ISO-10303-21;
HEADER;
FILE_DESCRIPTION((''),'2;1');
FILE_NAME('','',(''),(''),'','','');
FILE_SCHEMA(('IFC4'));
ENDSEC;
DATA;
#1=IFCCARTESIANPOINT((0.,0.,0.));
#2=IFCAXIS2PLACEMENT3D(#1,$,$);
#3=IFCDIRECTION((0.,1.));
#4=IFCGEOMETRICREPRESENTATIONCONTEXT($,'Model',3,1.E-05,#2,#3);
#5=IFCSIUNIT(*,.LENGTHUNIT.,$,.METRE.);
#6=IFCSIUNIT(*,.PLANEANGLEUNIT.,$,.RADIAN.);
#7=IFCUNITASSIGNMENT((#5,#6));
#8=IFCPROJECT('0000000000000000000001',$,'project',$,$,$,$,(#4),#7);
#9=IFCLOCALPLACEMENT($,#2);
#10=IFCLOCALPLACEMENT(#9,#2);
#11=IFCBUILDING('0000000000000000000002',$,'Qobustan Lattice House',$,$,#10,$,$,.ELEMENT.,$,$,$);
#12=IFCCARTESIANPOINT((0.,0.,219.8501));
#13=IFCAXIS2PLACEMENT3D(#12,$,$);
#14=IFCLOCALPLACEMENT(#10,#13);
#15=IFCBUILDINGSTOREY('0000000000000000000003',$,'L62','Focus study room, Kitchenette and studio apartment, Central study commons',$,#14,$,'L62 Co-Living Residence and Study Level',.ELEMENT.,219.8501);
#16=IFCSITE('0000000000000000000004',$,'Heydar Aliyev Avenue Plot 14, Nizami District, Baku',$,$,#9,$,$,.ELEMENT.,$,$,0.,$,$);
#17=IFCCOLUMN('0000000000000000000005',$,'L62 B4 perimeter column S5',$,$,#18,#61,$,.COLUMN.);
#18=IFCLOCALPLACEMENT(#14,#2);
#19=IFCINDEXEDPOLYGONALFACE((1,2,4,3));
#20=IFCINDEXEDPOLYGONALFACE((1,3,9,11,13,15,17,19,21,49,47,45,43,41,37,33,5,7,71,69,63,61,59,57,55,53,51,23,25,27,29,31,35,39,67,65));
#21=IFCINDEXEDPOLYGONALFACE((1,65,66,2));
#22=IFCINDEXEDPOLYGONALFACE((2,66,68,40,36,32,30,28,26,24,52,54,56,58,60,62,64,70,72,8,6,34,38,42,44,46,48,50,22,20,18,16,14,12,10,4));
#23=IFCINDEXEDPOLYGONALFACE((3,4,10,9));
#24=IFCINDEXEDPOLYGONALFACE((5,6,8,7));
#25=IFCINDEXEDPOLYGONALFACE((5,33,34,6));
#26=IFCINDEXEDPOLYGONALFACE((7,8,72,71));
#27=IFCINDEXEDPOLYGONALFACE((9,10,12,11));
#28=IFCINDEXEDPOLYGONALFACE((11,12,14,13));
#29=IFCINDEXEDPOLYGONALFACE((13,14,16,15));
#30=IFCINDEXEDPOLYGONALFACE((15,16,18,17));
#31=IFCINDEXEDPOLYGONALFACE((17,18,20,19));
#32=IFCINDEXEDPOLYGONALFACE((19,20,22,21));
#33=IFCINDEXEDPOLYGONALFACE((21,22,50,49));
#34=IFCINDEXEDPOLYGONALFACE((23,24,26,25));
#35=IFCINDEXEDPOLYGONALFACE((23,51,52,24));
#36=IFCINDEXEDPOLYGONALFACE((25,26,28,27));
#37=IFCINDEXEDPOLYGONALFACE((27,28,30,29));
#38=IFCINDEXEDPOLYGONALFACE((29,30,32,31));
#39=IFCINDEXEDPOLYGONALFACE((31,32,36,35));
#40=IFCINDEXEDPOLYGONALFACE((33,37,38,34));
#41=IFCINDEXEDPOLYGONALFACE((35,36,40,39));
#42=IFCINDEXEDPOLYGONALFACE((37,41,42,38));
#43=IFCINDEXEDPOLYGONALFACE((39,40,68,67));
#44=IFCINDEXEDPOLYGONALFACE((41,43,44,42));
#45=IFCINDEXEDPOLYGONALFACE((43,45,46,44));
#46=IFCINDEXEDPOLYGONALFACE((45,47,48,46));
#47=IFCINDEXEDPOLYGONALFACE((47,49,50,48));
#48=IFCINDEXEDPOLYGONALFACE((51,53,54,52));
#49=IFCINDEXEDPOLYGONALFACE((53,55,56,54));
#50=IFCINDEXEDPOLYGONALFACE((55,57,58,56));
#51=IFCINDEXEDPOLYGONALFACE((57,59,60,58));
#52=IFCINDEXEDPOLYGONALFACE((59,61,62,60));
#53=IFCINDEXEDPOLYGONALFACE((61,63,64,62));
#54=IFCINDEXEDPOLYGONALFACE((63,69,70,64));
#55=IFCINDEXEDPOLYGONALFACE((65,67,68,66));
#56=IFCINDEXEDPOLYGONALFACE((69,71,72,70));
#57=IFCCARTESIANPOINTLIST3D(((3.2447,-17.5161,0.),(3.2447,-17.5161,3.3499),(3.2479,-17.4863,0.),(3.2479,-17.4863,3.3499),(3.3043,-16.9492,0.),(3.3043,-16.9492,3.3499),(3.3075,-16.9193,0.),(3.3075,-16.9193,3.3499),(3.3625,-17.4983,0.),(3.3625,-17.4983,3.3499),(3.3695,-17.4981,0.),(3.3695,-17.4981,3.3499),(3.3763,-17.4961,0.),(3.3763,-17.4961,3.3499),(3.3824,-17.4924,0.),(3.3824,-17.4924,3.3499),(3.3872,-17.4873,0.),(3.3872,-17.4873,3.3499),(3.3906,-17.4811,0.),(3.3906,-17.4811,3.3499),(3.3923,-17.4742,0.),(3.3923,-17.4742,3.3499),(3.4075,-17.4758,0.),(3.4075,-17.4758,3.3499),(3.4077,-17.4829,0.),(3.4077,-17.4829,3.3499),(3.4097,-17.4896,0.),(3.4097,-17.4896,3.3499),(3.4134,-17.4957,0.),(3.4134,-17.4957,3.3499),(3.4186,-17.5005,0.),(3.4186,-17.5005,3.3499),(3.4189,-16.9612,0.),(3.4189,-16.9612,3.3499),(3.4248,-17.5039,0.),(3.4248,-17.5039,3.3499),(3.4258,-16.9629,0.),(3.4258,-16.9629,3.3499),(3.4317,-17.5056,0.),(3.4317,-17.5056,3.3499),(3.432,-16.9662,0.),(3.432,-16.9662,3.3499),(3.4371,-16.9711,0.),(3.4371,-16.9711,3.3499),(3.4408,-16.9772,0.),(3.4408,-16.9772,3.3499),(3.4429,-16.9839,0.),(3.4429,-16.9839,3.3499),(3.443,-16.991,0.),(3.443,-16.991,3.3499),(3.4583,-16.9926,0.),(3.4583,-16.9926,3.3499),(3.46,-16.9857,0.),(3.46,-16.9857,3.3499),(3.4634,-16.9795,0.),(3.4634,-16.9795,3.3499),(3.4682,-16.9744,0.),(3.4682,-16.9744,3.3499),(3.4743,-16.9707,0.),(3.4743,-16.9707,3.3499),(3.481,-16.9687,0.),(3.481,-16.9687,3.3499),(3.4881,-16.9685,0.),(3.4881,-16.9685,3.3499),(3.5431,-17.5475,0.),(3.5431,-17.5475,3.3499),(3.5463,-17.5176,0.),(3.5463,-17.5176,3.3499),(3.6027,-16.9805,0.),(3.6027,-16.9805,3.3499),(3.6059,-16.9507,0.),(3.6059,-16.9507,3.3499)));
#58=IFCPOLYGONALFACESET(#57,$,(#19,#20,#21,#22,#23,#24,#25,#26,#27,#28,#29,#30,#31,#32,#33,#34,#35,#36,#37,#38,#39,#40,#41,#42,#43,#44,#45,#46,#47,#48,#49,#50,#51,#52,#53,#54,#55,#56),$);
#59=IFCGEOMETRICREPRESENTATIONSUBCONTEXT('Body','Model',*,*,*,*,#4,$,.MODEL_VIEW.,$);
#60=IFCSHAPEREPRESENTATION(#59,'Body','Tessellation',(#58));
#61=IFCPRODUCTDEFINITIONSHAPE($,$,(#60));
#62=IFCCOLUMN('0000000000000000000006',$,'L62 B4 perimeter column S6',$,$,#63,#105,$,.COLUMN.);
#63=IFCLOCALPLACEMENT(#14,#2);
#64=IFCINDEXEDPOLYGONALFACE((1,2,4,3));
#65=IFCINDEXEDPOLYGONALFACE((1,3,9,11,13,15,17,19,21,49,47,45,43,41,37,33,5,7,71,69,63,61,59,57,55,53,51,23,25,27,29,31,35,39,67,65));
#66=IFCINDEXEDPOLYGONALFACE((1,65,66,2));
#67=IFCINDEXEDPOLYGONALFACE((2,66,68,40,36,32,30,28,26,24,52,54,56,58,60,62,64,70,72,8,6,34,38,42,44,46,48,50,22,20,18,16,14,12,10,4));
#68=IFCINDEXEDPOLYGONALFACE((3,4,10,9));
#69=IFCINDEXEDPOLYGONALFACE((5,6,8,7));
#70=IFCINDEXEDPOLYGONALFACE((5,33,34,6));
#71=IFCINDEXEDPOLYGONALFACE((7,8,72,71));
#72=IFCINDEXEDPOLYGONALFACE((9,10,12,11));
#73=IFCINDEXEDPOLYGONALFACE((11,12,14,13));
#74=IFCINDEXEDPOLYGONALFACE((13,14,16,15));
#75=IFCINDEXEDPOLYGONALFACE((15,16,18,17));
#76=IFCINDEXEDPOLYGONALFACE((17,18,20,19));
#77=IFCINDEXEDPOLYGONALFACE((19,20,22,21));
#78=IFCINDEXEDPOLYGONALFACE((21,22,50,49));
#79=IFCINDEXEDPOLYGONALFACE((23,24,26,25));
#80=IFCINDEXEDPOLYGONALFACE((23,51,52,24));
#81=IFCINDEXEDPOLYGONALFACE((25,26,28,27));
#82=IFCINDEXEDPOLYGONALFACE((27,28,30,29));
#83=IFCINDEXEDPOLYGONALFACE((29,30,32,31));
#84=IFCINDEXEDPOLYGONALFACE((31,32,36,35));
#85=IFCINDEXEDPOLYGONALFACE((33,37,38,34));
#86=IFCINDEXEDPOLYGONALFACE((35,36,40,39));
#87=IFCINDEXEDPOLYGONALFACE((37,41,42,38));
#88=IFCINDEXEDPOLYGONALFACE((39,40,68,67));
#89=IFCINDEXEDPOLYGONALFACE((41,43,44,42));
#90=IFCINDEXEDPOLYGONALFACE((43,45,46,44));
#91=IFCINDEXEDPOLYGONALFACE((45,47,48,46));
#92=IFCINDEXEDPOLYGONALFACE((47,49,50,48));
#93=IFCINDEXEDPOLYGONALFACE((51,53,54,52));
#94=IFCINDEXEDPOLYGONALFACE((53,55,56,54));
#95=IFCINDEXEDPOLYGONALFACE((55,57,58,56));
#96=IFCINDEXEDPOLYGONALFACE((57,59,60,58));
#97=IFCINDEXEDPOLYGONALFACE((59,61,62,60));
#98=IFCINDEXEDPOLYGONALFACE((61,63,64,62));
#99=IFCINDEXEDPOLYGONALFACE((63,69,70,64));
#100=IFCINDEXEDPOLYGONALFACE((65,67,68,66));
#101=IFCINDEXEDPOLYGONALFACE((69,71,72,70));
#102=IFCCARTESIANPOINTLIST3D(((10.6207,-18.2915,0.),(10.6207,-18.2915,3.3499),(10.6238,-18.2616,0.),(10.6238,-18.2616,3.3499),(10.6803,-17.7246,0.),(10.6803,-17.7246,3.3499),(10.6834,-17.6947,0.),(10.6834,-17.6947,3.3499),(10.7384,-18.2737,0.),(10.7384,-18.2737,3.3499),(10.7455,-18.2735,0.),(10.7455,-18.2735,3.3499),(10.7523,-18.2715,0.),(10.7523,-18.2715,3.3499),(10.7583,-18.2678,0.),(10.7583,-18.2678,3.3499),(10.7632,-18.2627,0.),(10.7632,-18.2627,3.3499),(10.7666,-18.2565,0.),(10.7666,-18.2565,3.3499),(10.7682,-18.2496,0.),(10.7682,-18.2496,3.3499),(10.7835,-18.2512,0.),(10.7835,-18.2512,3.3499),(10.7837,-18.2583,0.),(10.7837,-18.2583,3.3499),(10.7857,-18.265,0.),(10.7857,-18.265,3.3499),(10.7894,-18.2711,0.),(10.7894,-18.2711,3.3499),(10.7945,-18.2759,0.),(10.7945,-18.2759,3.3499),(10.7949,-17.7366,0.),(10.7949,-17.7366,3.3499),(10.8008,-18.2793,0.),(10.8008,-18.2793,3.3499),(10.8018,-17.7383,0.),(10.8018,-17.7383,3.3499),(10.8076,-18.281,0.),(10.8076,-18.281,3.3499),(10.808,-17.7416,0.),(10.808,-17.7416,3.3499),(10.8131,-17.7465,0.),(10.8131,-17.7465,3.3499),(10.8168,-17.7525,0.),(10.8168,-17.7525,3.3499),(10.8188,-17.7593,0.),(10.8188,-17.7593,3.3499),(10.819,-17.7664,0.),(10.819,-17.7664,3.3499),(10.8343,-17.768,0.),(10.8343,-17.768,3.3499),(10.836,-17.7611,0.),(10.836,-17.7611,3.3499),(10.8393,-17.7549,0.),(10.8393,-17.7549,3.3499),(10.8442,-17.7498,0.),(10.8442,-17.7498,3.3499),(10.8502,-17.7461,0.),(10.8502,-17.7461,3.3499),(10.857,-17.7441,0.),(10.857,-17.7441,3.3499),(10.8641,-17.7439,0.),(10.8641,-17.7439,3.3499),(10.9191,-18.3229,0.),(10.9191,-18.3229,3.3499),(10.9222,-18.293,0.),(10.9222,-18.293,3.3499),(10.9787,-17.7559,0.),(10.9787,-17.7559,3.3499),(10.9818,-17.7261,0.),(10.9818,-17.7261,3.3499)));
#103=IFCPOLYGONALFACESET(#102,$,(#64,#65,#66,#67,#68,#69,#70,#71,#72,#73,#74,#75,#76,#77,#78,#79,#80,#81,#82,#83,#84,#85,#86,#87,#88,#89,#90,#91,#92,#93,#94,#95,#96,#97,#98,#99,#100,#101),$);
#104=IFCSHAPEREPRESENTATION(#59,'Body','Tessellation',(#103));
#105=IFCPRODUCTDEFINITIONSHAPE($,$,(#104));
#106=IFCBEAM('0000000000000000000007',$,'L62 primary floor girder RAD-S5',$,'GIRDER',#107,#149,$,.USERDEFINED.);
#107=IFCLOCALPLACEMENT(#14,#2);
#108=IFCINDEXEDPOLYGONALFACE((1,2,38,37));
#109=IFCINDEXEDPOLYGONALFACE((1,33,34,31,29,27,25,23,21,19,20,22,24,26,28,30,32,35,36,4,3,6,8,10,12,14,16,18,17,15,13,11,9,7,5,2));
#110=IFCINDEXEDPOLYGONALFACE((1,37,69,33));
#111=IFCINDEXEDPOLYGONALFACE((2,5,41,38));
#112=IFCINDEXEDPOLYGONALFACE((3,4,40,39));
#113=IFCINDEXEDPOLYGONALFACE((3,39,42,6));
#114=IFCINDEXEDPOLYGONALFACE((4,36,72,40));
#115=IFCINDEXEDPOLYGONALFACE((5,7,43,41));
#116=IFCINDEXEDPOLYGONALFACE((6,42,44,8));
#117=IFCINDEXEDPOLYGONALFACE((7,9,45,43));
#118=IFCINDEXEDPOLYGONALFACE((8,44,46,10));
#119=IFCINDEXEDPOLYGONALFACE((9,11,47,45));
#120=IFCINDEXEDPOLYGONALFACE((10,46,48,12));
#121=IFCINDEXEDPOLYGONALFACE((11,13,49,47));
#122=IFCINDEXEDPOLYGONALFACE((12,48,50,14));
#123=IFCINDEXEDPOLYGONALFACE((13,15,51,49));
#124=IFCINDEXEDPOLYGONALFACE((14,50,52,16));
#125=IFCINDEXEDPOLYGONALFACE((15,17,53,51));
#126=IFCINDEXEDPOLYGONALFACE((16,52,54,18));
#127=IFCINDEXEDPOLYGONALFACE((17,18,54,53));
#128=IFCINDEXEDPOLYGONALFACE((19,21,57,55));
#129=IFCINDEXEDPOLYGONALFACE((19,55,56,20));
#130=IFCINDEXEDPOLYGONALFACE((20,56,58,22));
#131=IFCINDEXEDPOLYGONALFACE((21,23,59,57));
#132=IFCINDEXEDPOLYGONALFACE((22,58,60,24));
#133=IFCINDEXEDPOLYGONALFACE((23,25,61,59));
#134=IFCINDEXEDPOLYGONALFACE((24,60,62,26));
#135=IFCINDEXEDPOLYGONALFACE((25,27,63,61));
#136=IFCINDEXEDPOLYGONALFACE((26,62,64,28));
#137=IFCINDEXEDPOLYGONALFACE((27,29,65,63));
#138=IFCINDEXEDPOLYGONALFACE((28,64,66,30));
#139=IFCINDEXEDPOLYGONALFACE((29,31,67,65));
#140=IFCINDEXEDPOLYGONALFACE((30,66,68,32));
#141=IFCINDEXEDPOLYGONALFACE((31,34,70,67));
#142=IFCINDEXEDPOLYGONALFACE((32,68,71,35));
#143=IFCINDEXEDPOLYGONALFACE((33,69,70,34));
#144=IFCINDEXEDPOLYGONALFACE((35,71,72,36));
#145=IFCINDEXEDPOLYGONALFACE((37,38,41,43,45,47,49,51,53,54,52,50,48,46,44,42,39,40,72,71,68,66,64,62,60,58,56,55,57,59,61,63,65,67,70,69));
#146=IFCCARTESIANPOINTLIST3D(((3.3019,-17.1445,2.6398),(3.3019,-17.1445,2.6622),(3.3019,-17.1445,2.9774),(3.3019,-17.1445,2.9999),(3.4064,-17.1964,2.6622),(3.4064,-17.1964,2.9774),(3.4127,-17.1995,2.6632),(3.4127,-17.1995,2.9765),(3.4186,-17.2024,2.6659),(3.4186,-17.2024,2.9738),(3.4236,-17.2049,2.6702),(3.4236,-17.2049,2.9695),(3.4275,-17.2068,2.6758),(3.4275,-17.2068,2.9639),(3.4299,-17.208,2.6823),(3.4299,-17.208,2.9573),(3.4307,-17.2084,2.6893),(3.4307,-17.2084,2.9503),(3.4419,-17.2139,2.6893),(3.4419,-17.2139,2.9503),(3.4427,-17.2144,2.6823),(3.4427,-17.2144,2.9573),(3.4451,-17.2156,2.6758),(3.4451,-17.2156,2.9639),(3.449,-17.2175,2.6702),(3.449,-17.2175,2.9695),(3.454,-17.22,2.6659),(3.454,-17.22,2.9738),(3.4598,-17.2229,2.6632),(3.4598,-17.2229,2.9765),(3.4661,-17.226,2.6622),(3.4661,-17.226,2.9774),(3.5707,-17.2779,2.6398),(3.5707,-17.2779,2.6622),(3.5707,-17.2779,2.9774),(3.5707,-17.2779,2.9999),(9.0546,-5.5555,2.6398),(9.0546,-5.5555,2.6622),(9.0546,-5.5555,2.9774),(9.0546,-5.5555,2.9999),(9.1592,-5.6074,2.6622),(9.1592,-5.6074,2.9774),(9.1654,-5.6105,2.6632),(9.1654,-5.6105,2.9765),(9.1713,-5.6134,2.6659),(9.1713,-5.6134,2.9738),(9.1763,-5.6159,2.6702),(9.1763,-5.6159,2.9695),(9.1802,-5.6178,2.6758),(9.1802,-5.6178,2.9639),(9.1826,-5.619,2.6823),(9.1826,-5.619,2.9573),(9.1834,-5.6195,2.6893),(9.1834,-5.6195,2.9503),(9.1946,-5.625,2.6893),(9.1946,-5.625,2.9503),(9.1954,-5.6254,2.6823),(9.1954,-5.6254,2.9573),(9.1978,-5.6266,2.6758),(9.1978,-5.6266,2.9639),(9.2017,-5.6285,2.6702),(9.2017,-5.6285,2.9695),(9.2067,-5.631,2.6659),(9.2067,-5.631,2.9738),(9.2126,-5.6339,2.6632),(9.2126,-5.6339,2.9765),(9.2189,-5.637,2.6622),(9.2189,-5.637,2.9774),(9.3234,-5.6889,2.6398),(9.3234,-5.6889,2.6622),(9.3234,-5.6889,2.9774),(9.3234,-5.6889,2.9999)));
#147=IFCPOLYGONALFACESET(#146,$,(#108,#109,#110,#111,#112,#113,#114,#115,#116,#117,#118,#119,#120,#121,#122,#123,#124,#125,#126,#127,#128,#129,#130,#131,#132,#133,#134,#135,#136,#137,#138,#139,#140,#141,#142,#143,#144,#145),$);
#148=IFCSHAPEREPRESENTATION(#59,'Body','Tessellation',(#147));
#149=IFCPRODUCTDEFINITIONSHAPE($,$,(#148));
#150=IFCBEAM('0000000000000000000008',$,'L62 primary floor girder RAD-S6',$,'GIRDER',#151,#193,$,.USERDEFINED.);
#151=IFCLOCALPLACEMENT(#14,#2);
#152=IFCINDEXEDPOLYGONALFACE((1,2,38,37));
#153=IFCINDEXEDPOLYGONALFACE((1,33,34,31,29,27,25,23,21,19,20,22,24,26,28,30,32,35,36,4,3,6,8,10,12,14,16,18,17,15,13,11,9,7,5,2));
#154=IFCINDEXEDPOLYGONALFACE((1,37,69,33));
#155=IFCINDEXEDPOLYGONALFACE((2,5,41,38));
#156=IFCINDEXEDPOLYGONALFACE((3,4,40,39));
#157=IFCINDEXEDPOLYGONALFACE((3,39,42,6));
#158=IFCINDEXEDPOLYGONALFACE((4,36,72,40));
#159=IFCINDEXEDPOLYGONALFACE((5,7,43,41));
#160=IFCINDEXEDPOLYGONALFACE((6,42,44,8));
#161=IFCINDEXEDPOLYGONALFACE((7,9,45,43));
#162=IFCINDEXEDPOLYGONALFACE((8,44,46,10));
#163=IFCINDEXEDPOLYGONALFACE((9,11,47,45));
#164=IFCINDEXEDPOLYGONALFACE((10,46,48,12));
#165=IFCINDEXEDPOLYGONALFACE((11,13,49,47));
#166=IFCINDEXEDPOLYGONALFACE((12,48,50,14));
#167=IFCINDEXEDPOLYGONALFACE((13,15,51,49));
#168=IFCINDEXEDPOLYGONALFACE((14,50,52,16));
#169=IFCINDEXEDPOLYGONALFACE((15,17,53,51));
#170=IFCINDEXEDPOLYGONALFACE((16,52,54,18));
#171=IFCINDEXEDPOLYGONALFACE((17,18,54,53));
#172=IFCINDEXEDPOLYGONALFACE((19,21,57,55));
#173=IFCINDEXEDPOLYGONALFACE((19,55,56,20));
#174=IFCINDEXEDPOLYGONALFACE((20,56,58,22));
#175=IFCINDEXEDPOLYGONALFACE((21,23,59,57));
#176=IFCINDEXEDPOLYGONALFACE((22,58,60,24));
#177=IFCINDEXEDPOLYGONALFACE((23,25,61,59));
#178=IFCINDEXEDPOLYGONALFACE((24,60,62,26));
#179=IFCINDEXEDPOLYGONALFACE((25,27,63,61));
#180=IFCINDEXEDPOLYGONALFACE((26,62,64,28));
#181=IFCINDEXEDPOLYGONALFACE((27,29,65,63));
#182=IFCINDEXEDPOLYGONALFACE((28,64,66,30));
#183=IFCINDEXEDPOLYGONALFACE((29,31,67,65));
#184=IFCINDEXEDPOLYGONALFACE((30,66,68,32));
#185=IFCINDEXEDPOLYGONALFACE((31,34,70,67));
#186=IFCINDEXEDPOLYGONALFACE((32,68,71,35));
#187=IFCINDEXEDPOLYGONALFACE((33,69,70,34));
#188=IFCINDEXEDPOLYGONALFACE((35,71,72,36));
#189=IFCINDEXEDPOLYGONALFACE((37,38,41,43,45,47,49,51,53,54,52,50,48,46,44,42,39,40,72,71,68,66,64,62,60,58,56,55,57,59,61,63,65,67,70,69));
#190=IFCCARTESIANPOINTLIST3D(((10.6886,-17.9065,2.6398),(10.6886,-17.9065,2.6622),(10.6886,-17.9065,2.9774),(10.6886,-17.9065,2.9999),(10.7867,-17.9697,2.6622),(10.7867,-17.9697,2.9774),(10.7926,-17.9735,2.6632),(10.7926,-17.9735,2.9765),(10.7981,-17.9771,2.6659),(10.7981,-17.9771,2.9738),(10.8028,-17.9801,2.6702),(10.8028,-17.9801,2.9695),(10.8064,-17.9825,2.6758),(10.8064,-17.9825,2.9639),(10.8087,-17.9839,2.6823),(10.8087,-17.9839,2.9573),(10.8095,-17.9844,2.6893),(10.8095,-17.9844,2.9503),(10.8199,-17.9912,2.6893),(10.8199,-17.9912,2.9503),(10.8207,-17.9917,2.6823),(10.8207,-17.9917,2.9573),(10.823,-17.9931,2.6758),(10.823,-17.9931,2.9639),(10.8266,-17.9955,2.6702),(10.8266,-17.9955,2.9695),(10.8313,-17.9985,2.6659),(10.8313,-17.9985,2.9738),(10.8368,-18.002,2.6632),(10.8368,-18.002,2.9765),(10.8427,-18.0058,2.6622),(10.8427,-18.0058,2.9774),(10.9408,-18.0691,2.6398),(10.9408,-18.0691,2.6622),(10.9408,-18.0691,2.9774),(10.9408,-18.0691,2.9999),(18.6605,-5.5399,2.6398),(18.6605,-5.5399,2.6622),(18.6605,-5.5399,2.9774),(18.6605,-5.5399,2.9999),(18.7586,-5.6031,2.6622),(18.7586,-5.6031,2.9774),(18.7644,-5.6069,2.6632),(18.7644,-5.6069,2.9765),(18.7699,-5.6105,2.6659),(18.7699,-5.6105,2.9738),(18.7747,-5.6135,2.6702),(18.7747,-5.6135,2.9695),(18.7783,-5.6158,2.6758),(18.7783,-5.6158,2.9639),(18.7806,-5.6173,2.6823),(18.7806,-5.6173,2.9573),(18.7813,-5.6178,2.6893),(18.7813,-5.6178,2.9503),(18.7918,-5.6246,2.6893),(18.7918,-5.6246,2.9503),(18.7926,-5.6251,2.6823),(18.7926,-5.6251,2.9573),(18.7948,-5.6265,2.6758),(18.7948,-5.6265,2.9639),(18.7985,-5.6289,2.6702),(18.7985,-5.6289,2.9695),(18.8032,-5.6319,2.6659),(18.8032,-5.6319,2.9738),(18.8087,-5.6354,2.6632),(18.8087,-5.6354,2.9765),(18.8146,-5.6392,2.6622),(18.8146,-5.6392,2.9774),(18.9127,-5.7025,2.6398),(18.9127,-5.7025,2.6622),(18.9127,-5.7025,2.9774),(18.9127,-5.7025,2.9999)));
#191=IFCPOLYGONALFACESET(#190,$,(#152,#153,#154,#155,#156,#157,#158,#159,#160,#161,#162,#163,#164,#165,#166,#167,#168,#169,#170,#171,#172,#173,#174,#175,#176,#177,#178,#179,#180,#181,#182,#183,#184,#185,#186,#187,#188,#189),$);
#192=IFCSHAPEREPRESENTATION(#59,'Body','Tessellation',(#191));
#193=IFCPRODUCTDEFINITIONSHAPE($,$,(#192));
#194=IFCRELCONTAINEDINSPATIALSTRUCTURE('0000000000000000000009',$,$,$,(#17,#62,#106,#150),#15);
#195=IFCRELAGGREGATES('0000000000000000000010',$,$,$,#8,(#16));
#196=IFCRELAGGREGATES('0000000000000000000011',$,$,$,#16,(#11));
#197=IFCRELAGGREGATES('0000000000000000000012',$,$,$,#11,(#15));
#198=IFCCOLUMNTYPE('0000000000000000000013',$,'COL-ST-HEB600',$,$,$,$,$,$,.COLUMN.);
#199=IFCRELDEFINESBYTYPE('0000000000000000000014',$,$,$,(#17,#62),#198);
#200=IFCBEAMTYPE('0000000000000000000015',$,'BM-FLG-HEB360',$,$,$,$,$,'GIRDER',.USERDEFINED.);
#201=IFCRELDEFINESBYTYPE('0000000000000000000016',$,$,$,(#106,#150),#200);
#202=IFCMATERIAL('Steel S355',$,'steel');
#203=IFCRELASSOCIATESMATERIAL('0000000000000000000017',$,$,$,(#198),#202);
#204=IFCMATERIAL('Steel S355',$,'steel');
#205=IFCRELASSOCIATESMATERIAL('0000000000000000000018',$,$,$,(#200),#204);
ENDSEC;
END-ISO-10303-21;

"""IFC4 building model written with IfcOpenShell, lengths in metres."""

from ifc_helpers import new_model, si_unit, direction, frame, origin, origin_2d, place, context, subcontext, project, spatial, i_section, extrude, material, material_profile, profile_set, type_object, element, save


model = new_model("IFC4")

# Units and contexts
model_context = context("Model", 3, precision=1e-05, world=origin(), true_north=direction((0.0, 1.0)))
body_context = subcontext(model_context, "Body", "Model", "MODEL_VIEW")
ifc_project = project(units=[si_unit("LENGTHUNIT", "METRE"), si_unit("PLANEANGLEUNIT", "RADIAN")], contexts=[model_context])

# Site, building, storey
site_placement = place(None, origin())
site = spatial("IfcSite", under=ifc_project, at=site_placement, Name="Heydar Aliyev Avenue Plot 14, Nizami District, Baku", CompositionType="ELEMENT", RefElevation=0.0)
building_placement = place(site_placement, origin())
building = spatial("IfcBuilding", under=site, at=building_placement, Name="Qobustan Lattice House", CompositionType="ELEMENT")
storey_placement = place(building_placement, frame((0.0, 0.0, 219.8501)))
storey = spatial("IfcBuildingStorey", under=building, at=storey_placement, Name="L62", Description="Focus study room, Kitchenette and studio apartment, Central study commons", LongName="L62 Co-Living Residence and Study Level", CompositionType="ELEMENT", Elevation=219.8501)

# Columns
ifc_material_1 = material(Name="Steel S355", Category="steel")
ifc_material_profile_1 = material_profile(ifc_material_1, i_section(OverallWidth=0.3, OverallDepth=0.6001, WebThickness=0.0154, FlangeThickness=0.03, FilletRadius=0.0271, at=origin_2d()), Name="HEB600")
ifc_profile_set_1 = profile_set([ifc_material_profile_1], Name="Steel S355")
column_type = type_object("IfcColumnType", Name="COL-ST-HEB600", PredefinedType="COLUMN", material=ifc_profile_set_1)
for number, where, z_axis, x_axis, name in (
    (1, (3.4253, -17.2334, 0.0), (0.0, 0.0, 1.0), (0.994522, -0.104528, 0.0), "L62 B4 perimeter column S5"),
    (2, (10.8013, -18.0088, 0.0), (0.0, 0.0, 1.0), (0.994522, -0.104528, 0.0), "L62 B4 perimeter column S6"),
):
    element("IfcColumn", number, at=place(storey_placement, frame(where, z_axis=z_axis, x_axis=x_axis)), inside=storey, type_object=column_type, Name=name, PredefinedType="COLUMN", context=body_context, shape_type="SweptSolid", body=[
        extrude(i_section(OverallWidth=0.3, OverallDepth=0.6001, WebThickness=0.0154, FlangeThickness=0.03, FilletRadius=0.0271, at=origin_2d()), origin(), (0.0, 0.0, 1.0), 3.3499),
    ])

# Beams
ifc_material_2 = material(Name="Steel S355", Category="steel")
ifc_material_profile_2 = material_profile(ifc_material_2, i_section(OverallWidth=0.3, OverallDepth=0.3601, WebThickness=0.0125, FlangeThickness=0.0225, FilletRadius=0.0271, at=origin_2d()), Name="HEB360")
ifc_profile_set_2 = profile_set([ifc_material_profile_2], Name="Steel S355")
beam_type_1 = type_object("IfcBeamType", Name="BM-FLG-HEB360", ElementType="GIRDER", PredefinedType="USERDEFINED", material=ifc_profile_set_2)
beam_1_placement = place(storey_placement, frame((3.4363, -17.2112, 2.8198), z_axis=(0.44463, 0.895714, 0.0), x_axis=(-0.895714, 0.44463, 0.0)))
element("IfcBeam", 3, at=beam_1_placement, inside=storey, type_object=beam_type_1, Name="L62 primary floor girder RAD-S5", ObjectType="GIRDER", PredefinedType="USERDEFINED", context=body_context, shape_type="SweptSolid", body=[
    extrude(i_section(OverallWidth=0.3, OverallDepth=0.3601, WebThickness=0.0125, FlangeThickness=0.0225, FilletRadius=0.0271, at=origin_2d()), origin(), (0.0, 0.0, 1.0), 12.9382),
])
beam_2_placement = place(storey_placement, frame((10.8147, -17.9878, 2.8198), z_axis=(0.54181, 0.840501, 0.0), x_axis=(-0.840501, 0.54181, 0.0)))
element("IfcBeam", 4, at=beam_2_placement, inside=storey, type_object=beam_type_1, Name="L62 primary floor girder RAD-S6", ObjectType="GIRDER", PredefinedType="USERDEFINED", context=body_context, shape_type="SweptSolid", body=[
    extrude(i_section(OverallWidth=0.3, OverallDepth=0.3601, WebThickness=0.0125, FlangeThickness=0.0225, FilletRadius=0.0271, at=origin_2d()), origin(), (0.0, 0.0, 1.0), 14.7134),
])

save(model, "model.ifc")
